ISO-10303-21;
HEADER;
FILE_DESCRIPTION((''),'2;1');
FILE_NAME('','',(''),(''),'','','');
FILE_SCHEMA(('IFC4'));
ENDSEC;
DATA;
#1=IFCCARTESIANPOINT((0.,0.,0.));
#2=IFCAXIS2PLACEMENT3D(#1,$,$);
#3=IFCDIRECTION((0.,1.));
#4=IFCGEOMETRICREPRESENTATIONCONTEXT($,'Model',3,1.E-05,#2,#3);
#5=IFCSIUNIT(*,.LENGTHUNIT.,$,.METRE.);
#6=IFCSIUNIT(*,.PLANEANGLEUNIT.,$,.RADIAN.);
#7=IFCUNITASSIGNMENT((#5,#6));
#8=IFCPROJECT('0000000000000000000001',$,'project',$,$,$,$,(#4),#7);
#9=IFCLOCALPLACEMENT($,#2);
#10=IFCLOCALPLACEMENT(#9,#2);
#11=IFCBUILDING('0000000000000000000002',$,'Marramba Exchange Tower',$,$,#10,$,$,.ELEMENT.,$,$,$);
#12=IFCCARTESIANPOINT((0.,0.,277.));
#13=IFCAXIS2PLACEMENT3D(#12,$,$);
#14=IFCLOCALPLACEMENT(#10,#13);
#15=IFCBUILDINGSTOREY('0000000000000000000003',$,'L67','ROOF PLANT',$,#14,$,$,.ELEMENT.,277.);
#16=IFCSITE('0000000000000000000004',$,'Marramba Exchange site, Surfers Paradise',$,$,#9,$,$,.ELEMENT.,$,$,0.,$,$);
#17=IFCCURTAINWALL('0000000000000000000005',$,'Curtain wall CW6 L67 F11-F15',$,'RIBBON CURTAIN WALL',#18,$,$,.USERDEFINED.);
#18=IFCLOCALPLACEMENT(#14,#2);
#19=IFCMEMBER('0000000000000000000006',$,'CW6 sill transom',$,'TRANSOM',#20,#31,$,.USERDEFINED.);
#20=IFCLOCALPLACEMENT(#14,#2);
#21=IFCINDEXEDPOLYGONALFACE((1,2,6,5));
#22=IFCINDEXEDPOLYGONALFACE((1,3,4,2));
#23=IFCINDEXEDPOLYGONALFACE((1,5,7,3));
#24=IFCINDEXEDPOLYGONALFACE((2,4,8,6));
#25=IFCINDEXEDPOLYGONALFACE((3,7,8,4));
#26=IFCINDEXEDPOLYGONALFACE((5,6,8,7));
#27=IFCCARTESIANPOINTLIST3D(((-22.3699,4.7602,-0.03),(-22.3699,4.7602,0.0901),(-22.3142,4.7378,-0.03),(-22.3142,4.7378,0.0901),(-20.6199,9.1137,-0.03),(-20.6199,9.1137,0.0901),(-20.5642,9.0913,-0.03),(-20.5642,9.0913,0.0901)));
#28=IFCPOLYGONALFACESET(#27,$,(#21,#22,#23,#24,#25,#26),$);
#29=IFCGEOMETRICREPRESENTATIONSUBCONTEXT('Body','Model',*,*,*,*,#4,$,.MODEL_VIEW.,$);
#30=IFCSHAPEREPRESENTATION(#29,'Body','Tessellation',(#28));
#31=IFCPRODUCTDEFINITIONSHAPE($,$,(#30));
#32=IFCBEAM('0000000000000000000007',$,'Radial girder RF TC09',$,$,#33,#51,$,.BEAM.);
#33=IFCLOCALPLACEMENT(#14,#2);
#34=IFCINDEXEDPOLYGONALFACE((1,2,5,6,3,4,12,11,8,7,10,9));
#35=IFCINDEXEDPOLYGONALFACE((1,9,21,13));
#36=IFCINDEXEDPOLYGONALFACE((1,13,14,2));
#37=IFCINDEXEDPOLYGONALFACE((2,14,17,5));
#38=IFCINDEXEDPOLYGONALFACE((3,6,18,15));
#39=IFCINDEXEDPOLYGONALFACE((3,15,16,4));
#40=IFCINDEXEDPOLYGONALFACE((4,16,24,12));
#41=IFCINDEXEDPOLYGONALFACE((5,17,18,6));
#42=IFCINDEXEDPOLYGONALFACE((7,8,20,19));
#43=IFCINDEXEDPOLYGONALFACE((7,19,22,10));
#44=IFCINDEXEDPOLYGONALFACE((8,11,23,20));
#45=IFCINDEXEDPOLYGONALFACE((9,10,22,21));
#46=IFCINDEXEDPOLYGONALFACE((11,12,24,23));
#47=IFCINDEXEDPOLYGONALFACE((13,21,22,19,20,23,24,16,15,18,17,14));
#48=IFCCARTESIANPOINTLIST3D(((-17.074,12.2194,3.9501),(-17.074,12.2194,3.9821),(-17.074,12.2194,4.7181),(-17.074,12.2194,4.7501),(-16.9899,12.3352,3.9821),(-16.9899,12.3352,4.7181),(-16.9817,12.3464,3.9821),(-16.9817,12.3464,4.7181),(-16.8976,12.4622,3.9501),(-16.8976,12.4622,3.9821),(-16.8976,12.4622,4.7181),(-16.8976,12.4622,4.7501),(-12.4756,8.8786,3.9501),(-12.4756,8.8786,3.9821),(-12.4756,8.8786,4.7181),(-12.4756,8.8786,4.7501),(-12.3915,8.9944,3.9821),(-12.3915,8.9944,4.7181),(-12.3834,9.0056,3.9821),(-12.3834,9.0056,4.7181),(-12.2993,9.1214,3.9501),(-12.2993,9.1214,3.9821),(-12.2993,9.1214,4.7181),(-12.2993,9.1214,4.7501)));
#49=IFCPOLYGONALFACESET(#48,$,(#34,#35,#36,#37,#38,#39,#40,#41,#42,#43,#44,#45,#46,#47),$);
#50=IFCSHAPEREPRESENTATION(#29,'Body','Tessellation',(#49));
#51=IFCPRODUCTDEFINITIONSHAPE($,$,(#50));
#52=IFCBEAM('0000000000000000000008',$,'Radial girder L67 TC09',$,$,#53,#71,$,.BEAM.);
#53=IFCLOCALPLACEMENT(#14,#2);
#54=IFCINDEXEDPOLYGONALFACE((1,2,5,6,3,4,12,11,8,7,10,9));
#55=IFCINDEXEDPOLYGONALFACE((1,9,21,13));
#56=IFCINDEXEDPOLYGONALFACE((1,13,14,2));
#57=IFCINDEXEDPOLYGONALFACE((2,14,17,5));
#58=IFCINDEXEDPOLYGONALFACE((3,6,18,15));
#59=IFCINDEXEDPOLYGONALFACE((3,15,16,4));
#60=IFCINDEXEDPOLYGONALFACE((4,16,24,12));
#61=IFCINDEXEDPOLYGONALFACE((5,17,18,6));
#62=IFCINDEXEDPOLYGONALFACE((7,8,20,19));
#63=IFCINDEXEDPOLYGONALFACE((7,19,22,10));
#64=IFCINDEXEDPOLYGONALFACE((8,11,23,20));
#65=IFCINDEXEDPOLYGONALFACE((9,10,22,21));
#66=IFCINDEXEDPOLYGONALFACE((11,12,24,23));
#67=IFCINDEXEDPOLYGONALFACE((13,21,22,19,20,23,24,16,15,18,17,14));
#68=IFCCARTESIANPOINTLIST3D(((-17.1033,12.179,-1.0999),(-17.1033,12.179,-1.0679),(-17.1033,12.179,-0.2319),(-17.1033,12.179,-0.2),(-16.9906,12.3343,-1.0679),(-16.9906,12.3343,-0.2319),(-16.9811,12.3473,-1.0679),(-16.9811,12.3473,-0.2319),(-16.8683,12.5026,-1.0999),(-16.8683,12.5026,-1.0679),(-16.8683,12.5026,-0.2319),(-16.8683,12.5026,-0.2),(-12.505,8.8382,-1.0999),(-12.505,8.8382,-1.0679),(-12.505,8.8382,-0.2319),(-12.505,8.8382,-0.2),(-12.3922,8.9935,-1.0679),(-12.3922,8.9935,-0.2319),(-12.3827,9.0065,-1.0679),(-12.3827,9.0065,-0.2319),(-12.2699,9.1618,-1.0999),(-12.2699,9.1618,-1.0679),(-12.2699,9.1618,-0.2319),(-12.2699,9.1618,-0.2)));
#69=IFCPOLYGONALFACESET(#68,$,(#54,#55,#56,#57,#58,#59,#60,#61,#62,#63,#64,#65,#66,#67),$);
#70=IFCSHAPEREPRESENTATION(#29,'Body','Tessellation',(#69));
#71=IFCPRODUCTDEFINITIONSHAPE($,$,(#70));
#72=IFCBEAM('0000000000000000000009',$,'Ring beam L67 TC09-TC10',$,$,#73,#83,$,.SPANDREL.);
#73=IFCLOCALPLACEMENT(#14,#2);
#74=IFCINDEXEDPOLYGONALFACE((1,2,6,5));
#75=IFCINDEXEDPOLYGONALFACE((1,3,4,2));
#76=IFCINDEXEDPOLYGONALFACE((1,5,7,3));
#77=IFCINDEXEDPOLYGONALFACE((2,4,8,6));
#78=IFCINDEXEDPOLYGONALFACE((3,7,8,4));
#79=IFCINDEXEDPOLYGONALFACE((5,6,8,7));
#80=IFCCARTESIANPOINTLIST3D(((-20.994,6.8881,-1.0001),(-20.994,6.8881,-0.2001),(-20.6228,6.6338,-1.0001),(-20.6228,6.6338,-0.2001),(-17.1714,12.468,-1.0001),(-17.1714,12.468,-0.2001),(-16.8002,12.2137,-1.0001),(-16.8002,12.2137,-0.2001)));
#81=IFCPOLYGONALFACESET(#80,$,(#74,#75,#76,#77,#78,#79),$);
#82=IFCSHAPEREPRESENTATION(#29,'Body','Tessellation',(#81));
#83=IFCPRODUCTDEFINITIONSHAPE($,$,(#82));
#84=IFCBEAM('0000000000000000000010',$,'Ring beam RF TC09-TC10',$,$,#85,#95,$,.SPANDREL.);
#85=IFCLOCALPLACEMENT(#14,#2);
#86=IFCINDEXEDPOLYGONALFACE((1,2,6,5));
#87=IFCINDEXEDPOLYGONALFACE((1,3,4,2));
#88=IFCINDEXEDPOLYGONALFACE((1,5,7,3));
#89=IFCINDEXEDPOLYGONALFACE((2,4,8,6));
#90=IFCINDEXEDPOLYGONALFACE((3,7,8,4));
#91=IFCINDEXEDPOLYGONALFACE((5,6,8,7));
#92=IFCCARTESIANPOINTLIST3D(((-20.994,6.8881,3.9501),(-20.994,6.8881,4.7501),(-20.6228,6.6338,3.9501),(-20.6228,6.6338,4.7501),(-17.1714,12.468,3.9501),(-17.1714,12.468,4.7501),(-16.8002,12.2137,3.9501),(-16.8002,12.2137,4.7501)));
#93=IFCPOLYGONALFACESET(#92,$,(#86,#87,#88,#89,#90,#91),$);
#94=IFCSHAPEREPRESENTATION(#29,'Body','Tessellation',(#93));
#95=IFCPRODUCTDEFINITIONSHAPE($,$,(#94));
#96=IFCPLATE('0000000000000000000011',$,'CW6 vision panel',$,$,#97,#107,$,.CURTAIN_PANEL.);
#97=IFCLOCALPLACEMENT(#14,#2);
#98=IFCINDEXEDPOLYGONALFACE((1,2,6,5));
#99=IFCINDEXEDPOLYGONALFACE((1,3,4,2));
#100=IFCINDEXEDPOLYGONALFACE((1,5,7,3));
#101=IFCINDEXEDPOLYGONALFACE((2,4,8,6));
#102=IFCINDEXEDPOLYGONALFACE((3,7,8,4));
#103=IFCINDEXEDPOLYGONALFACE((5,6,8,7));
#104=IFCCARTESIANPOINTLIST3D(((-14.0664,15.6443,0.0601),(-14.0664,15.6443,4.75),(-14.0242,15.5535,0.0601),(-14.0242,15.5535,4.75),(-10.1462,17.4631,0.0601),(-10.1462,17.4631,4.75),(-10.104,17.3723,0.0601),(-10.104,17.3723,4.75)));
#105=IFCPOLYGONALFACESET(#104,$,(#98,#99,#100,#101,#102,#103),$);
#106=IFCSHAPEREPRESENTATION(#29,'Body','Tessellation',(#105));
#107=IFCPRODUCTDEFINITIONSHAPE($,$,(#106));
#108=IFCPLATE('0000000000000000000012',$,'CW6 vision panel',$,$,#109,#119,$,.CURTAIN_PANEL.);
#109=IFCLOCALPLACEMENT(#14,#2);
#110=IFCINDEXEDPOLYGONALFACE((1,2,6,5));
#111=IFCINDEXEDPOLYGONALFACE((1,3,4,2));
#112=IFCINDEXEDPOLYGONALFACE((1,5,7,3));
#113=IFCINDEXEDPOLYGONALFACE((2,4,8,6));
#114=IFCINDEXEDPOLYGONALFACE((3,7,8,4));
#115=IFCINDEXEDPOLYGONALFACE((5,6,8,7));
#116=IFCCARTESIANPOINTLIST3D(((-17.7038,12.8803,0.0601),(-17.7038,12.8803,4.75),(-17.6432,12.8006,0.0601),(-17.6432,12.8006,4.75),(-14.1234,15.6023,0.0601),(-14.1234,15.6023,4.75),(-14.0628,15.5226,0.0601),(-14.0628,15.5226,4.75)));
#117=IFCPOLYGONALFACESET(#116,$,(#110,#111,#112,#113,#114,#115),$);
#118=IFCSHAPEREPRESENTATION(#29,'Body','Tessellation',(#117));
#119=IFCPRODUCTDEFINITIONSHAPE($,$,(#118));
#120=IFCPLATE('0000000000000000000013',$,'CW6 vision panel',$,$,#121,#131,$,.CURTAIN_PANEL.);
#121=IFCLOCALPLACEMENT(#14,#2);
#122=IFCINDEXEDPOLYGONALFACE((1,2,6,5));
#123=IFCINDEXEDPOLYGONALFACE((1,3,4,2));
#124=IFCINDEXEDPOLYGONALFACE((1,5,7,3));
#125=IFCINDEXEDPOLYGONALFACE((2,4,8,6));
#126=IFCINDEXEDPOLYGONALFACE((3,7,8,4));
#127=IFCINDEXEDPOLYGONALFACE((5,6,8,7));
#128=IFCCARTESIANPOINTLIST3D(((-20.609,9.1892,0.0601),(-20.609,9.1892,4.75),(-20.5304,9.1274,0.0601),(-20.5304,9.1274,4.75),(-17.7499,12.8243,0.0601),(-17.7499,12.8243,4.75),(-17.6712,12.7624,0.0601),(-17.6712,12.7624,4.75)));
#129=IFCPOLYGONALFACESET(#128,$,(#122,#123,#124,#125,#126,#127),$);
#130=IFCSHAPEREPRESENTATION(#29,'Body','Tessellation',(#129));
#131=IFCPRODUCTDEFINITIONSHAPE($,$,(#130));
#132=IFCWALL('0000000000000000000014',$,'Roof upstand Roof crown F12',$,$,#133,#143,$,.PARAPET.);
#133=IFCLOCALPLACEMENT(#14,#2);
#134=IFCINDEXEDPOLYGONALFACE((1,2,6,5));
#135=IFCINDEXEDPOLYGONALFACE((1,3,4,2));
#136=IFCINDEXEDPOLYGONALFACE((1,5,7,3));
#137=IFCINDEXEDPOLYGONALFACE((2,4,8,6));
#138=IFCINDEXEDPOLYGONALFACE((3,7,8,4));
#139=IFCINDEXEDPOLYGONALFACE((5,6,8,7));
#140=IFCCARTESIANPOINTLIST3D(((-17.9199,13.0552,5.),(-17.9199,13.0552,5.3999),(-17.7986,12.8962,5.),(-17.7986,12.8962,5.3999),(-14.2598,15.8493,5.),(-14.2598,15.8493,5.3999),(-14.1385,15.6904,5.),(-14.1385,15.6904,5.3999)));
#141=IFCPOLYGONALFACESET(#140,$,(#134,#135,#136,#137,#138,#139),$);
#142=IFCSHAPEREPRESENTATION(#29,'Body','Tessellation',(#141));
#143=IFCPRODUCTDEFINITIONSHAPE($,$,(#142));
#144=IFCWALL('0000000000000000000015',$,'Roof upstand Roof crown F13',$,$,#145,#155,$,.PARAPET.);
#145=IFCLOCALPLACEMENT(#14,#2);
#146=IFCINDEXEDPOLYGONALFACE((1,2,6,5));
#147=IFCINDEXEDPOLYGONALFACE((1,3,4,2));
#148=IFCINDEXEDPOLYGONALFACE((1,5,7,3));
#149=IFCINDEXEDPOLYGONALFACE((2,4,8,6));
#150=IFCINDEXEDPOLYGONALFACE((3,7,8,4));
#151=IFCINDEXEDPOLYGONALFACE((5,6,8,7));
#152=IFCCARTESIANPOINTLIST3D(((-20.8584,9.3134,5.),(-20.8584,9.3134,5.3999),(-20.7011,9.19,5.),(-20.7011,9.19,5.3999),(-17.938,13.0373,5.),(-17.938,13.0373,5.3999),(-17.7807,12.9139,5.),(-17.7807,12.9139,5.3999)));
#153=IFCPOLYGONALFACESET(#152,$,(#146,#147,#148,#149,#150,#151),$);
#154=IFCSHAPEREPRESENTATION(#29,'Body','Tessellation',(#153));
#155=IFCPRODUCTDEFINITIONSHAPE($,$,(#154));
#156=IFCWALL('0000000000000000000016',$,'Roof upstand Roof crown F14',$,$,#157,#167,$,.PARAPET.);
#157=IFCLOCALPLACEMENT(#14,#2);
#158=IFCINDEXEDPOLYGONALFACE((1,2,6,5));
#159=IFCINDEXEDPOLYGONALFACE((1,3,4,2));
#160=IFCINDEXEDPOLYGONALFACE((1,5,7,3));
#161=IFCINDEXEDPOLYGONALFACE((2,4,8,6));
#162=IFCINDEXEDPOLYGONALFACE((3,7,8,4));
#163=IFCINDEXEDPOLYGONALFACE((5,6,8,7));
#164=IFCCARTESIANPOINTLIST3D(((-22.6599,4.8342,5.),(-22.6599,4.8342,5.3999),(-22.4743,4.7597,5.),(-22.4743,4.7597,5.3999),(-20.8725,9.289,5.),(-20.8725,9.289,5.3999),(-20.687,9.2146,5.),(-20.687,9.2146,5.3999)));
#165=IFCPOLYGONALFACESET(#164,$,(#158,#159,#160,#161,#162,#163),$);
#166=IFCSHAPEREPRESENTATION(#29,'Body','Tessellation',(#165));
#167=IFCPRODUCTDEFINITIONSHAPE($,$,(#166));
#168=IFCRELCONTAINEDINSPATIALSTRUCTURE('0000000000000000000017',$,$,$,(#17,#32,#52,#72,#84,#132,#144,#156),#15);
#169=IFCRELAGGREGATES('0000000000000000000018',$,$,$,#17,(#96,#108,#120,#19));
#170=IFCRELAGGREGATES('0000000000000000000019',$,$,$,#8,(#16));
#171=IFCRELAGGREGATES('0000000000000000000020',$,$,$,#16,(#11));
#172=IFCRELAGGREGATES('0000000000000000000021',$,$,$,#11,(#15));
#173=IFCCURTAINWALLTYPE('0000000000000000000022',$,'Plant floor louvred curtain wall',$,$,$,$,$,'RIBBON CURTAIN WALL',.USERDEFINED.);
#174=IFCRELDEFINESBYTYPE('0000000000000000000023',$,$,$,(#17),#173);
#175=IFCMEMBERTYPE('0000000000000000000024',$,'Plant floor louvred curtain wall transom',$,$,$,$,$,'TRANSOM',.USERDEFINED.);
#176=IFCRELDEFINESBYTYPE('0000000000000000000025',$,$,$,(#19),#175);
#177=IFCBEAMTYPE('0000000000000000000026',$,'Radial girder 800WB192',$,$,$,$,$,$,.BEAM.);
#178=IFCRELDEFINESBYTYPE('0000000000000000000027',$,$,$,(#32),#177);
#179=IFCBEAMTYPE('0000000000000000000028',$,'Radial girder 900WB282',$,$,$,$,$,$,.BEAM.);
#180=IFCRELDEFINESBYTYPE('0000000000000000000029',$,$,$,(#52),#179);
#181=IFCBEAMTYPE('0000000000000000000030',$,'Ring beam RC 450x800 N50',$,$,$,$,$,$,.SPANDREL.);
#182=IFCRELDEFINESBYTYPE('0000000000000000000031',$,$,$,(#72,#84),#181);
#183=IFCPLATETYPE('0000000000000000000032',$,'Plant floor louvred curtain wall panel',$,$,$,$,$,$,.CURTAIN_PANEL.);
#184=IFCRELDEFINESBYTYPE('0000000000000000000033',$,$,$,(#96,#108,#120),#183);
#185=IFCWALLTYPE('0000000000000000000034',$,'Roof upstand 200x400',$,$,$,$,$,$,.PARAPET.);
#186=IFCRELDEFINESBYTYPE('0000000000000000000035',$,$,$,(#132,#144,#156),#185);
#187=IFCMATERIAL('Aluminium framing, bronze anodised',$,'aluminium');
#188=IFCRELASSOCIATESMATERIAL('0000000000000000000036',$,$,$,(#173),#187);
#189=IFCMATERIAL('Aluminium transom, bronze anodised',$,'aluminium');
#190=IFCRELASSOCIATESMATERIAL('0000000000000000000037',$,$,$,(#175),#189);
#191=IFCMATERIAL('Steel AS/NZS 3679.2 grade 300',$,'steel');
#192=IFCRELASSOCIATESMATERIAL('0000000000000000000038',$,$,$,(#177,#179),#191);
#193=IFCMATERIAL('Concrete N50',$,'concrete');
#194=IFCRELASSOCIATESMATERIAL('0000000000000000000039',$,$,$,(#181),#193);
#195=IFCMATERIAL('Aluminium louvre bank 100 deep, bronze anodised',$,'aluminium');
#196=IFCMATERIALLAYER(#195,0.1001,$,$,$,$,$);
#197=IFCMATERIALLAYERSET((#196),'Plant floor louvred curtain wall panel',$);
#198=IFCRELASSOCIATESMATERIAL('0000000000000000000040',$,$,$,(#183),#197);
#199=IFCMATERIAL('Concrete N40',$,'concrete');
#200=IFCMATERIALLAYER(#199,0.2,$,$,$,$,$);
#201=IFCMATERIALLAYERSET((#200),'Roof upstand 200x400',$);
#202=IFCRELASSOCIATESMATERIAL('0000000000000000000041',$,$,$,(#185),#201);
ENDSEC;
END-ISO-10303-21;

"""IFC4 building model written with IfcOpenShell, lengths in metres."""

from ifc_helpers import new_model, si_unit, direction, frame, frame_2d, origin, origin_2d, place, context, subcontext, project, spatial, rectangle, i_section, extrude, material, layer, layer_set, material_profile, profile_set, type_object, element, aggregate, save


model = new_model("IFC4")

# Units and contexts
model_context = context("Model", 3, precision=1e-05, world=origin(), true_north=direction((0.0, 1.0)))
body_context = subcontext(model_context, "Body", "Model", "MODEL_VIEW")
ifc_project = project(units=[si_unit("LENGTHUNIT", "METRE"), si_unit("PLANEANGLEUNIT", "RADIAN")], contexts=[model_context])

# Site, building, storey
site_placement = place(None, origin())
site = spatial("IfcSite", under=ifc_project, at=site_placement, Name="Marramba Exchange site, Surfers Paradise", CompositionType="ELEMENT", RefElevation=0.0)
building_placement = place(site_placement, origin())
building = spatial("IfcBuilding", under=site, at=building_placement, Name="Marramba Exchange Tower", CompositionType="ELEMENT")
storey_placement = place(building_placement, frame((0.0, 0.0, 277.0)))
storey = spatial("IfcBuildingStorey", under=building, at=storey_placement, Name="L67", Description="ROOF PLANT", CompositionType="ELEMENT", Elevation=277.0)

# Shared definitions
ifc_material_1 = material(Name="Concrete N50", Category="concrete")

# Curtain wall, member
ifc_material_2 = material(Name="Aluminium framing, bronze anodised", Category="aluminium")
curtain_wall_type = type_object("IfcCurtainWallType", Name="Plant floor louvred curtain wall", ElementType="RIBBON CURTAIN WALL", PredefinedType="USERDEFINED", material=ifc_material_2)
curtain_wall_placement = place(storey_placement, origin())
curtain_wall = element("IfcCurtainWall", 1, at=curtain_wall_placement, inside=storey, type_object=curtain_wall_type, Name="Curtain wall CW6 L67 F11-F15", ObjectType="RIBBON CURTAIN WALL", PredefinedType="USERDEFINED")
ifc_material_3 = material(Name="Aluminium transom, bronze anodised", Category="aluminium")
ifc_material_profile_1 = material_profile(ifc_material_3, rectangle(XDim=0.0601, YDim=0.1201, at=origin_2d()), Name="CW6 transom 60x120")
ifc_profile_set_1 = profile_set([ifc_material_profile_1], Name="Aluminium transom, bronze anodised")
member_type_1 = type_object("IfcMemberType", Name="Plant floor louvred curtain wall transom", ElementType="TRANSOM", PredefinedType="USERDEFINED", material=ifc_profile_set_1)
member_1_placement = place(storey_placement, frame((-20.592, 9.1025, 0.03), z_axis=(-0.372969, -0.927844, 0.0), x_axis=(0.927844, -0.372969, 0.0)))
member_1 = element("IfcMember", 2, at=member_1_placement, type_object=member_type_1, Name="CW6 sill transom", ObjectType="TRANSOM", PredefinedType="USERDEFINED", context=body_context, shape_type="SweptSolid", body=[
    extrude(rectangle(XDim=0.0601, YDim=0.1201, at=origin_2d()), origin(), (0.0, 0.0, 1.0), 4.6921),
])

# Beams
ifc_material_4 = material(Name="Steel AS/NZS 3679.2 grade 300", Category="steel")
ifc_material_profile_2 = material_profile(ifc_material_4, i_section(OverallWidth=0.3, OverallDepth=0.8, WebThickness=0.0139, FlangeThickness=0.032, at=origin_2d()), Name="800WB192")
ifc_profile_set_2 = profile_set([ifc_material_profile_2], Name="Steel AS/NZS 3679.2 grade 300")
beam_type_1 = type_object("IfcBeamType", Name="Radial girder 800WB192", PredefinedType="BEAM", material=ifc_profile_set_2)
beam_1_placement = place(storey_placement, frame((-12.3875, 9.0, 4.3501), z_axis=(-0.809026, 0.587773, 0.0), x_axis=(-0.587773, -0.809026, 0.0)))
element("IfcBeam", 3, at=beam_1_placement, inside=storey, type_object=beam_type_1, Name="Radial girder RF TC09", PredefinedType="BEAM", context=body_context, shape_type="SweptSolid", body=[
    extrude(i_section(OverallWidth=0.3, OverallDepth=0.8, WebThickness=0.0139, FlangeThickness=0.032, at=origin_2d()), origin(), (0.0, 0.0, 1.0), 5.6838),
])
ifc_material_profile_3 = material_profile(ifc_material_4, i_section(OverallWidth=0.3999, OverallDepth=0.8999, WebThickness=0.0161, FlangeThickness=0.032, at=origin_2d()), Name="900WB282")
ifc_profile_set_3 = profile_set([ifc_material_profile_3], Name="Steel AS/NZS 3679.2 grade 300")
beam_type_2 = type_object("IfcBeamType", Name="Radial girder 900WB282", PredefinedType="BEAM", material=ifc_profile_set_3)
beam_2_placement = place(storey_placement, frame((-12.3875, 9.0, -0.6499), z_axis=(-0.809026, 0.587773, 0.0), x_axis=(-0.587773, -0.809026, 0.0)))
element("IfcBeam", 4, at=beam_2_placement, inside=storey, type_object=beam_type_2, Name="Radial girder L67 TC09", PredefinedType="BEAM", context=body_context, shape_type="SweptSolid", body=[
    extrude(i_section(OverallWidth=0.3999, OverallDepth=0.8999, WebThickness=0.0161, FlangeThickness=0.032, at=origin_2d()), origin(), (0.0, 0.0, 1.0), 5.6838),
])
ifc_material_profile_4 = material_profile(ifc_material_1, rectangle(XDim=0.45, YDim=0.8, at=origin_2d()), Name="RC 450x800")
ifc_profile_set_4 = profile_set([ifc_material_profile_4], Name="Concrete N50")
beam_type_3 = type_object("IfcBeamType", Name="Ring beam RC 450x800 N50", PredefinedType="SPANDREL", material=ifc_profile_set_4)
for number, where, z_axis, x_axis, name in (
    (5, (-16.9858, 12.3408, -0.6001), (-0.56516, -0.824981, 0.0), (0.824981, -0.56516, 0.0), "Ring beam L67 TC09-TC10"),
    (6, (-16.9858, 12.3408, 4.3501), (-0.56516, -0.824981, 0.0), (0.824981, -0.56516, 0.0), "Ring beam RF TC09-TC10"),
):
    element("IfcBeam", number, at=place(storey_placement, frame(where, z_axis=z_axis, x_axis=x_axis)), inside=storey, type_object=beam_type_3, Name=name, PredefinedType="SPANDREL", context=body_context, shape_type="SweptSolid", body=[
        extrude(rectangle(XDim=0.45, YDim=0.8, at=origin_2d()), origin(), (0.0, 0.0, 1.0), 6.7637),
    ])

# Plates
ifc_material_5 = material(Name="Aluminium louvre bank 100 deep, bronze anodised", Category="aluminium")
ifc_layer_1 = layer(ifc_material_5, 0.1001)
ifc_layer_set_1 = layer_set([ifc_layer_1], Name="Plant floor louvred curtain wall panel")
plate_type = type_object("IfcPlateType", Name="Plant floor louvred curtain wall panel", PredefinedType="CURTAIN_PANEL", material=ifc_layer_set_1)
plate_1_placement = place(storey_placement, frame((-12.0852, 16.5083, 0.0601), z_axis=(0.0, 0.0, 1.0), x_axis=(-0.907131, -0.420849, 0.0)))
plate_1 = element("IfcPlate", 7, at=plate_1_placement, type_object=plate_type, Name="CW6 vision panel", PredefinedType="CURTAIN_PANEL", context=body_context, shape_type="SweptSolid", body=[
    extrude(rectangle(XDim=4.3215, YDim=0.1001, at=origin_2d()), origin(), (0.0, 0.0, 1.0), 4.6899),
])
plate_2_placement = place(storey_placement, frame((-15.8833, 14.2014, 0.0601), z_axis=(0.0, 0.0, 1.0), x_axis=(-0.796059, -0.605219, 0.0)))
plate_2 = element("IfcPlate", 8, at=plate_2_placement, type_object=plate_type, Name="CW6 vision panel", PredefinedType="CURTAIN_PANEL", context=body_context, shape_type="SweptSolid", body=[
    extrude(rectangle(XDim=4.4976, YDim=0.1001, at=origin_2d()), origin(), (0.0, 0.0, 1.0), 4.6899),
])
plate_3_placement = place(storey_placement, frame((-19.1401, 10.9758, 0.0601), z_axis=(0.0, 0.0, 1.0), x_axis=(-0.618223, -0.786003, 0.0)))
plate_3 = element("IfcPlate", 9, at=plate_3_placement, type_object=plate_type, Name="CW6 vision panel", PredefinedType="CURTAIN_PANEL", context=body_context, shape_type="SweptSolid", body=[
    extrude(rectangle(XDim=4.6248, YDim=0.1001, at=origin_2d()), origin(), (0.0, 0.0, 1.0), 4.6899),
])
aggregate(curtain_wall, [plate_1, plate_2, plate_3, member_1])

# Walls
ifc_material_6 = material(Name="Concrete N40", Category="concrete")
ifc_layer_2 = layer(ifc_material_6, 0.2)
ifc_layer_set_2 = layer_set([ifc_layer_2], Name="Roof upstand 200x400")
wall_type_1 = type_object("IfcWallType", Name="Roof upstand 200x400", PredefinedType="PARAPET", material=ifc_layer_set_2)
wall_1_placement = place(storey_placement, frame((-14.1992, 15.7698, 5.0), z_axis=(0.0, 0.0, 1.0), x_axis=(-0.794856, -0.606799, 0.0)))
element("IfcWall", 10, at=wall_1_placement, inside=storey, type_object=wall_type_1, Name="Roof upstand Roof crown F12", PredefinedType="PARAPET", context=body_context, shape_type="SweptSolid", body=[
    extrude(rectangle(XDim=4.6047, YDim=0.2, at=frame_2d((2.3022, 0.0))), origin(), (0.0, 0.0, 1.0), 0.3999),
])
wall_2_placement = place(storey_placement, frame((-17.8594, 12.9756, 5.0), z_axis=(0.0, 0.0, 1.0), x_axis=(-0.617104, -0.786882, 0.0)))
element("IfcWall", 11, at=wall_2_placement, inside=storey, type_object=wall_type_1, Name="Roof upstand Roof crown F13", PredefinedType="PARAPET", context=body_context, shape_type="SweptSolid", body=[
    extrude(rectangle(XDim=4.7324, YDim=0.2, at=frame_2d((2.3662, 0.0))), origin(), (0.0, 0.0, 1.0), 0.3999),
])
wall_3_placement = place(storey_placement, frame((-20.7798, 9.2517, 5.0), z_axis=(0.0, 0.0, 1.0), x_axis=(-0.372364, -0.928087, 0.0)))
element("IfcWall", 12, at=wall_3_placement, inside=storey, type_object=wall_type_1, Name="Roof upstand Roof crown F14", PredefinedType="PARAPET", context=body_context, shape_type="SweptSolid", body=[
    extrude(rectangle(XDim=4.8, YDim=0.2, at=frame_2d((2.3999, 0.0))), origin(), (0.0, 0.0, 1.0), 0.3999),
])

save(model, "model.ifc")
